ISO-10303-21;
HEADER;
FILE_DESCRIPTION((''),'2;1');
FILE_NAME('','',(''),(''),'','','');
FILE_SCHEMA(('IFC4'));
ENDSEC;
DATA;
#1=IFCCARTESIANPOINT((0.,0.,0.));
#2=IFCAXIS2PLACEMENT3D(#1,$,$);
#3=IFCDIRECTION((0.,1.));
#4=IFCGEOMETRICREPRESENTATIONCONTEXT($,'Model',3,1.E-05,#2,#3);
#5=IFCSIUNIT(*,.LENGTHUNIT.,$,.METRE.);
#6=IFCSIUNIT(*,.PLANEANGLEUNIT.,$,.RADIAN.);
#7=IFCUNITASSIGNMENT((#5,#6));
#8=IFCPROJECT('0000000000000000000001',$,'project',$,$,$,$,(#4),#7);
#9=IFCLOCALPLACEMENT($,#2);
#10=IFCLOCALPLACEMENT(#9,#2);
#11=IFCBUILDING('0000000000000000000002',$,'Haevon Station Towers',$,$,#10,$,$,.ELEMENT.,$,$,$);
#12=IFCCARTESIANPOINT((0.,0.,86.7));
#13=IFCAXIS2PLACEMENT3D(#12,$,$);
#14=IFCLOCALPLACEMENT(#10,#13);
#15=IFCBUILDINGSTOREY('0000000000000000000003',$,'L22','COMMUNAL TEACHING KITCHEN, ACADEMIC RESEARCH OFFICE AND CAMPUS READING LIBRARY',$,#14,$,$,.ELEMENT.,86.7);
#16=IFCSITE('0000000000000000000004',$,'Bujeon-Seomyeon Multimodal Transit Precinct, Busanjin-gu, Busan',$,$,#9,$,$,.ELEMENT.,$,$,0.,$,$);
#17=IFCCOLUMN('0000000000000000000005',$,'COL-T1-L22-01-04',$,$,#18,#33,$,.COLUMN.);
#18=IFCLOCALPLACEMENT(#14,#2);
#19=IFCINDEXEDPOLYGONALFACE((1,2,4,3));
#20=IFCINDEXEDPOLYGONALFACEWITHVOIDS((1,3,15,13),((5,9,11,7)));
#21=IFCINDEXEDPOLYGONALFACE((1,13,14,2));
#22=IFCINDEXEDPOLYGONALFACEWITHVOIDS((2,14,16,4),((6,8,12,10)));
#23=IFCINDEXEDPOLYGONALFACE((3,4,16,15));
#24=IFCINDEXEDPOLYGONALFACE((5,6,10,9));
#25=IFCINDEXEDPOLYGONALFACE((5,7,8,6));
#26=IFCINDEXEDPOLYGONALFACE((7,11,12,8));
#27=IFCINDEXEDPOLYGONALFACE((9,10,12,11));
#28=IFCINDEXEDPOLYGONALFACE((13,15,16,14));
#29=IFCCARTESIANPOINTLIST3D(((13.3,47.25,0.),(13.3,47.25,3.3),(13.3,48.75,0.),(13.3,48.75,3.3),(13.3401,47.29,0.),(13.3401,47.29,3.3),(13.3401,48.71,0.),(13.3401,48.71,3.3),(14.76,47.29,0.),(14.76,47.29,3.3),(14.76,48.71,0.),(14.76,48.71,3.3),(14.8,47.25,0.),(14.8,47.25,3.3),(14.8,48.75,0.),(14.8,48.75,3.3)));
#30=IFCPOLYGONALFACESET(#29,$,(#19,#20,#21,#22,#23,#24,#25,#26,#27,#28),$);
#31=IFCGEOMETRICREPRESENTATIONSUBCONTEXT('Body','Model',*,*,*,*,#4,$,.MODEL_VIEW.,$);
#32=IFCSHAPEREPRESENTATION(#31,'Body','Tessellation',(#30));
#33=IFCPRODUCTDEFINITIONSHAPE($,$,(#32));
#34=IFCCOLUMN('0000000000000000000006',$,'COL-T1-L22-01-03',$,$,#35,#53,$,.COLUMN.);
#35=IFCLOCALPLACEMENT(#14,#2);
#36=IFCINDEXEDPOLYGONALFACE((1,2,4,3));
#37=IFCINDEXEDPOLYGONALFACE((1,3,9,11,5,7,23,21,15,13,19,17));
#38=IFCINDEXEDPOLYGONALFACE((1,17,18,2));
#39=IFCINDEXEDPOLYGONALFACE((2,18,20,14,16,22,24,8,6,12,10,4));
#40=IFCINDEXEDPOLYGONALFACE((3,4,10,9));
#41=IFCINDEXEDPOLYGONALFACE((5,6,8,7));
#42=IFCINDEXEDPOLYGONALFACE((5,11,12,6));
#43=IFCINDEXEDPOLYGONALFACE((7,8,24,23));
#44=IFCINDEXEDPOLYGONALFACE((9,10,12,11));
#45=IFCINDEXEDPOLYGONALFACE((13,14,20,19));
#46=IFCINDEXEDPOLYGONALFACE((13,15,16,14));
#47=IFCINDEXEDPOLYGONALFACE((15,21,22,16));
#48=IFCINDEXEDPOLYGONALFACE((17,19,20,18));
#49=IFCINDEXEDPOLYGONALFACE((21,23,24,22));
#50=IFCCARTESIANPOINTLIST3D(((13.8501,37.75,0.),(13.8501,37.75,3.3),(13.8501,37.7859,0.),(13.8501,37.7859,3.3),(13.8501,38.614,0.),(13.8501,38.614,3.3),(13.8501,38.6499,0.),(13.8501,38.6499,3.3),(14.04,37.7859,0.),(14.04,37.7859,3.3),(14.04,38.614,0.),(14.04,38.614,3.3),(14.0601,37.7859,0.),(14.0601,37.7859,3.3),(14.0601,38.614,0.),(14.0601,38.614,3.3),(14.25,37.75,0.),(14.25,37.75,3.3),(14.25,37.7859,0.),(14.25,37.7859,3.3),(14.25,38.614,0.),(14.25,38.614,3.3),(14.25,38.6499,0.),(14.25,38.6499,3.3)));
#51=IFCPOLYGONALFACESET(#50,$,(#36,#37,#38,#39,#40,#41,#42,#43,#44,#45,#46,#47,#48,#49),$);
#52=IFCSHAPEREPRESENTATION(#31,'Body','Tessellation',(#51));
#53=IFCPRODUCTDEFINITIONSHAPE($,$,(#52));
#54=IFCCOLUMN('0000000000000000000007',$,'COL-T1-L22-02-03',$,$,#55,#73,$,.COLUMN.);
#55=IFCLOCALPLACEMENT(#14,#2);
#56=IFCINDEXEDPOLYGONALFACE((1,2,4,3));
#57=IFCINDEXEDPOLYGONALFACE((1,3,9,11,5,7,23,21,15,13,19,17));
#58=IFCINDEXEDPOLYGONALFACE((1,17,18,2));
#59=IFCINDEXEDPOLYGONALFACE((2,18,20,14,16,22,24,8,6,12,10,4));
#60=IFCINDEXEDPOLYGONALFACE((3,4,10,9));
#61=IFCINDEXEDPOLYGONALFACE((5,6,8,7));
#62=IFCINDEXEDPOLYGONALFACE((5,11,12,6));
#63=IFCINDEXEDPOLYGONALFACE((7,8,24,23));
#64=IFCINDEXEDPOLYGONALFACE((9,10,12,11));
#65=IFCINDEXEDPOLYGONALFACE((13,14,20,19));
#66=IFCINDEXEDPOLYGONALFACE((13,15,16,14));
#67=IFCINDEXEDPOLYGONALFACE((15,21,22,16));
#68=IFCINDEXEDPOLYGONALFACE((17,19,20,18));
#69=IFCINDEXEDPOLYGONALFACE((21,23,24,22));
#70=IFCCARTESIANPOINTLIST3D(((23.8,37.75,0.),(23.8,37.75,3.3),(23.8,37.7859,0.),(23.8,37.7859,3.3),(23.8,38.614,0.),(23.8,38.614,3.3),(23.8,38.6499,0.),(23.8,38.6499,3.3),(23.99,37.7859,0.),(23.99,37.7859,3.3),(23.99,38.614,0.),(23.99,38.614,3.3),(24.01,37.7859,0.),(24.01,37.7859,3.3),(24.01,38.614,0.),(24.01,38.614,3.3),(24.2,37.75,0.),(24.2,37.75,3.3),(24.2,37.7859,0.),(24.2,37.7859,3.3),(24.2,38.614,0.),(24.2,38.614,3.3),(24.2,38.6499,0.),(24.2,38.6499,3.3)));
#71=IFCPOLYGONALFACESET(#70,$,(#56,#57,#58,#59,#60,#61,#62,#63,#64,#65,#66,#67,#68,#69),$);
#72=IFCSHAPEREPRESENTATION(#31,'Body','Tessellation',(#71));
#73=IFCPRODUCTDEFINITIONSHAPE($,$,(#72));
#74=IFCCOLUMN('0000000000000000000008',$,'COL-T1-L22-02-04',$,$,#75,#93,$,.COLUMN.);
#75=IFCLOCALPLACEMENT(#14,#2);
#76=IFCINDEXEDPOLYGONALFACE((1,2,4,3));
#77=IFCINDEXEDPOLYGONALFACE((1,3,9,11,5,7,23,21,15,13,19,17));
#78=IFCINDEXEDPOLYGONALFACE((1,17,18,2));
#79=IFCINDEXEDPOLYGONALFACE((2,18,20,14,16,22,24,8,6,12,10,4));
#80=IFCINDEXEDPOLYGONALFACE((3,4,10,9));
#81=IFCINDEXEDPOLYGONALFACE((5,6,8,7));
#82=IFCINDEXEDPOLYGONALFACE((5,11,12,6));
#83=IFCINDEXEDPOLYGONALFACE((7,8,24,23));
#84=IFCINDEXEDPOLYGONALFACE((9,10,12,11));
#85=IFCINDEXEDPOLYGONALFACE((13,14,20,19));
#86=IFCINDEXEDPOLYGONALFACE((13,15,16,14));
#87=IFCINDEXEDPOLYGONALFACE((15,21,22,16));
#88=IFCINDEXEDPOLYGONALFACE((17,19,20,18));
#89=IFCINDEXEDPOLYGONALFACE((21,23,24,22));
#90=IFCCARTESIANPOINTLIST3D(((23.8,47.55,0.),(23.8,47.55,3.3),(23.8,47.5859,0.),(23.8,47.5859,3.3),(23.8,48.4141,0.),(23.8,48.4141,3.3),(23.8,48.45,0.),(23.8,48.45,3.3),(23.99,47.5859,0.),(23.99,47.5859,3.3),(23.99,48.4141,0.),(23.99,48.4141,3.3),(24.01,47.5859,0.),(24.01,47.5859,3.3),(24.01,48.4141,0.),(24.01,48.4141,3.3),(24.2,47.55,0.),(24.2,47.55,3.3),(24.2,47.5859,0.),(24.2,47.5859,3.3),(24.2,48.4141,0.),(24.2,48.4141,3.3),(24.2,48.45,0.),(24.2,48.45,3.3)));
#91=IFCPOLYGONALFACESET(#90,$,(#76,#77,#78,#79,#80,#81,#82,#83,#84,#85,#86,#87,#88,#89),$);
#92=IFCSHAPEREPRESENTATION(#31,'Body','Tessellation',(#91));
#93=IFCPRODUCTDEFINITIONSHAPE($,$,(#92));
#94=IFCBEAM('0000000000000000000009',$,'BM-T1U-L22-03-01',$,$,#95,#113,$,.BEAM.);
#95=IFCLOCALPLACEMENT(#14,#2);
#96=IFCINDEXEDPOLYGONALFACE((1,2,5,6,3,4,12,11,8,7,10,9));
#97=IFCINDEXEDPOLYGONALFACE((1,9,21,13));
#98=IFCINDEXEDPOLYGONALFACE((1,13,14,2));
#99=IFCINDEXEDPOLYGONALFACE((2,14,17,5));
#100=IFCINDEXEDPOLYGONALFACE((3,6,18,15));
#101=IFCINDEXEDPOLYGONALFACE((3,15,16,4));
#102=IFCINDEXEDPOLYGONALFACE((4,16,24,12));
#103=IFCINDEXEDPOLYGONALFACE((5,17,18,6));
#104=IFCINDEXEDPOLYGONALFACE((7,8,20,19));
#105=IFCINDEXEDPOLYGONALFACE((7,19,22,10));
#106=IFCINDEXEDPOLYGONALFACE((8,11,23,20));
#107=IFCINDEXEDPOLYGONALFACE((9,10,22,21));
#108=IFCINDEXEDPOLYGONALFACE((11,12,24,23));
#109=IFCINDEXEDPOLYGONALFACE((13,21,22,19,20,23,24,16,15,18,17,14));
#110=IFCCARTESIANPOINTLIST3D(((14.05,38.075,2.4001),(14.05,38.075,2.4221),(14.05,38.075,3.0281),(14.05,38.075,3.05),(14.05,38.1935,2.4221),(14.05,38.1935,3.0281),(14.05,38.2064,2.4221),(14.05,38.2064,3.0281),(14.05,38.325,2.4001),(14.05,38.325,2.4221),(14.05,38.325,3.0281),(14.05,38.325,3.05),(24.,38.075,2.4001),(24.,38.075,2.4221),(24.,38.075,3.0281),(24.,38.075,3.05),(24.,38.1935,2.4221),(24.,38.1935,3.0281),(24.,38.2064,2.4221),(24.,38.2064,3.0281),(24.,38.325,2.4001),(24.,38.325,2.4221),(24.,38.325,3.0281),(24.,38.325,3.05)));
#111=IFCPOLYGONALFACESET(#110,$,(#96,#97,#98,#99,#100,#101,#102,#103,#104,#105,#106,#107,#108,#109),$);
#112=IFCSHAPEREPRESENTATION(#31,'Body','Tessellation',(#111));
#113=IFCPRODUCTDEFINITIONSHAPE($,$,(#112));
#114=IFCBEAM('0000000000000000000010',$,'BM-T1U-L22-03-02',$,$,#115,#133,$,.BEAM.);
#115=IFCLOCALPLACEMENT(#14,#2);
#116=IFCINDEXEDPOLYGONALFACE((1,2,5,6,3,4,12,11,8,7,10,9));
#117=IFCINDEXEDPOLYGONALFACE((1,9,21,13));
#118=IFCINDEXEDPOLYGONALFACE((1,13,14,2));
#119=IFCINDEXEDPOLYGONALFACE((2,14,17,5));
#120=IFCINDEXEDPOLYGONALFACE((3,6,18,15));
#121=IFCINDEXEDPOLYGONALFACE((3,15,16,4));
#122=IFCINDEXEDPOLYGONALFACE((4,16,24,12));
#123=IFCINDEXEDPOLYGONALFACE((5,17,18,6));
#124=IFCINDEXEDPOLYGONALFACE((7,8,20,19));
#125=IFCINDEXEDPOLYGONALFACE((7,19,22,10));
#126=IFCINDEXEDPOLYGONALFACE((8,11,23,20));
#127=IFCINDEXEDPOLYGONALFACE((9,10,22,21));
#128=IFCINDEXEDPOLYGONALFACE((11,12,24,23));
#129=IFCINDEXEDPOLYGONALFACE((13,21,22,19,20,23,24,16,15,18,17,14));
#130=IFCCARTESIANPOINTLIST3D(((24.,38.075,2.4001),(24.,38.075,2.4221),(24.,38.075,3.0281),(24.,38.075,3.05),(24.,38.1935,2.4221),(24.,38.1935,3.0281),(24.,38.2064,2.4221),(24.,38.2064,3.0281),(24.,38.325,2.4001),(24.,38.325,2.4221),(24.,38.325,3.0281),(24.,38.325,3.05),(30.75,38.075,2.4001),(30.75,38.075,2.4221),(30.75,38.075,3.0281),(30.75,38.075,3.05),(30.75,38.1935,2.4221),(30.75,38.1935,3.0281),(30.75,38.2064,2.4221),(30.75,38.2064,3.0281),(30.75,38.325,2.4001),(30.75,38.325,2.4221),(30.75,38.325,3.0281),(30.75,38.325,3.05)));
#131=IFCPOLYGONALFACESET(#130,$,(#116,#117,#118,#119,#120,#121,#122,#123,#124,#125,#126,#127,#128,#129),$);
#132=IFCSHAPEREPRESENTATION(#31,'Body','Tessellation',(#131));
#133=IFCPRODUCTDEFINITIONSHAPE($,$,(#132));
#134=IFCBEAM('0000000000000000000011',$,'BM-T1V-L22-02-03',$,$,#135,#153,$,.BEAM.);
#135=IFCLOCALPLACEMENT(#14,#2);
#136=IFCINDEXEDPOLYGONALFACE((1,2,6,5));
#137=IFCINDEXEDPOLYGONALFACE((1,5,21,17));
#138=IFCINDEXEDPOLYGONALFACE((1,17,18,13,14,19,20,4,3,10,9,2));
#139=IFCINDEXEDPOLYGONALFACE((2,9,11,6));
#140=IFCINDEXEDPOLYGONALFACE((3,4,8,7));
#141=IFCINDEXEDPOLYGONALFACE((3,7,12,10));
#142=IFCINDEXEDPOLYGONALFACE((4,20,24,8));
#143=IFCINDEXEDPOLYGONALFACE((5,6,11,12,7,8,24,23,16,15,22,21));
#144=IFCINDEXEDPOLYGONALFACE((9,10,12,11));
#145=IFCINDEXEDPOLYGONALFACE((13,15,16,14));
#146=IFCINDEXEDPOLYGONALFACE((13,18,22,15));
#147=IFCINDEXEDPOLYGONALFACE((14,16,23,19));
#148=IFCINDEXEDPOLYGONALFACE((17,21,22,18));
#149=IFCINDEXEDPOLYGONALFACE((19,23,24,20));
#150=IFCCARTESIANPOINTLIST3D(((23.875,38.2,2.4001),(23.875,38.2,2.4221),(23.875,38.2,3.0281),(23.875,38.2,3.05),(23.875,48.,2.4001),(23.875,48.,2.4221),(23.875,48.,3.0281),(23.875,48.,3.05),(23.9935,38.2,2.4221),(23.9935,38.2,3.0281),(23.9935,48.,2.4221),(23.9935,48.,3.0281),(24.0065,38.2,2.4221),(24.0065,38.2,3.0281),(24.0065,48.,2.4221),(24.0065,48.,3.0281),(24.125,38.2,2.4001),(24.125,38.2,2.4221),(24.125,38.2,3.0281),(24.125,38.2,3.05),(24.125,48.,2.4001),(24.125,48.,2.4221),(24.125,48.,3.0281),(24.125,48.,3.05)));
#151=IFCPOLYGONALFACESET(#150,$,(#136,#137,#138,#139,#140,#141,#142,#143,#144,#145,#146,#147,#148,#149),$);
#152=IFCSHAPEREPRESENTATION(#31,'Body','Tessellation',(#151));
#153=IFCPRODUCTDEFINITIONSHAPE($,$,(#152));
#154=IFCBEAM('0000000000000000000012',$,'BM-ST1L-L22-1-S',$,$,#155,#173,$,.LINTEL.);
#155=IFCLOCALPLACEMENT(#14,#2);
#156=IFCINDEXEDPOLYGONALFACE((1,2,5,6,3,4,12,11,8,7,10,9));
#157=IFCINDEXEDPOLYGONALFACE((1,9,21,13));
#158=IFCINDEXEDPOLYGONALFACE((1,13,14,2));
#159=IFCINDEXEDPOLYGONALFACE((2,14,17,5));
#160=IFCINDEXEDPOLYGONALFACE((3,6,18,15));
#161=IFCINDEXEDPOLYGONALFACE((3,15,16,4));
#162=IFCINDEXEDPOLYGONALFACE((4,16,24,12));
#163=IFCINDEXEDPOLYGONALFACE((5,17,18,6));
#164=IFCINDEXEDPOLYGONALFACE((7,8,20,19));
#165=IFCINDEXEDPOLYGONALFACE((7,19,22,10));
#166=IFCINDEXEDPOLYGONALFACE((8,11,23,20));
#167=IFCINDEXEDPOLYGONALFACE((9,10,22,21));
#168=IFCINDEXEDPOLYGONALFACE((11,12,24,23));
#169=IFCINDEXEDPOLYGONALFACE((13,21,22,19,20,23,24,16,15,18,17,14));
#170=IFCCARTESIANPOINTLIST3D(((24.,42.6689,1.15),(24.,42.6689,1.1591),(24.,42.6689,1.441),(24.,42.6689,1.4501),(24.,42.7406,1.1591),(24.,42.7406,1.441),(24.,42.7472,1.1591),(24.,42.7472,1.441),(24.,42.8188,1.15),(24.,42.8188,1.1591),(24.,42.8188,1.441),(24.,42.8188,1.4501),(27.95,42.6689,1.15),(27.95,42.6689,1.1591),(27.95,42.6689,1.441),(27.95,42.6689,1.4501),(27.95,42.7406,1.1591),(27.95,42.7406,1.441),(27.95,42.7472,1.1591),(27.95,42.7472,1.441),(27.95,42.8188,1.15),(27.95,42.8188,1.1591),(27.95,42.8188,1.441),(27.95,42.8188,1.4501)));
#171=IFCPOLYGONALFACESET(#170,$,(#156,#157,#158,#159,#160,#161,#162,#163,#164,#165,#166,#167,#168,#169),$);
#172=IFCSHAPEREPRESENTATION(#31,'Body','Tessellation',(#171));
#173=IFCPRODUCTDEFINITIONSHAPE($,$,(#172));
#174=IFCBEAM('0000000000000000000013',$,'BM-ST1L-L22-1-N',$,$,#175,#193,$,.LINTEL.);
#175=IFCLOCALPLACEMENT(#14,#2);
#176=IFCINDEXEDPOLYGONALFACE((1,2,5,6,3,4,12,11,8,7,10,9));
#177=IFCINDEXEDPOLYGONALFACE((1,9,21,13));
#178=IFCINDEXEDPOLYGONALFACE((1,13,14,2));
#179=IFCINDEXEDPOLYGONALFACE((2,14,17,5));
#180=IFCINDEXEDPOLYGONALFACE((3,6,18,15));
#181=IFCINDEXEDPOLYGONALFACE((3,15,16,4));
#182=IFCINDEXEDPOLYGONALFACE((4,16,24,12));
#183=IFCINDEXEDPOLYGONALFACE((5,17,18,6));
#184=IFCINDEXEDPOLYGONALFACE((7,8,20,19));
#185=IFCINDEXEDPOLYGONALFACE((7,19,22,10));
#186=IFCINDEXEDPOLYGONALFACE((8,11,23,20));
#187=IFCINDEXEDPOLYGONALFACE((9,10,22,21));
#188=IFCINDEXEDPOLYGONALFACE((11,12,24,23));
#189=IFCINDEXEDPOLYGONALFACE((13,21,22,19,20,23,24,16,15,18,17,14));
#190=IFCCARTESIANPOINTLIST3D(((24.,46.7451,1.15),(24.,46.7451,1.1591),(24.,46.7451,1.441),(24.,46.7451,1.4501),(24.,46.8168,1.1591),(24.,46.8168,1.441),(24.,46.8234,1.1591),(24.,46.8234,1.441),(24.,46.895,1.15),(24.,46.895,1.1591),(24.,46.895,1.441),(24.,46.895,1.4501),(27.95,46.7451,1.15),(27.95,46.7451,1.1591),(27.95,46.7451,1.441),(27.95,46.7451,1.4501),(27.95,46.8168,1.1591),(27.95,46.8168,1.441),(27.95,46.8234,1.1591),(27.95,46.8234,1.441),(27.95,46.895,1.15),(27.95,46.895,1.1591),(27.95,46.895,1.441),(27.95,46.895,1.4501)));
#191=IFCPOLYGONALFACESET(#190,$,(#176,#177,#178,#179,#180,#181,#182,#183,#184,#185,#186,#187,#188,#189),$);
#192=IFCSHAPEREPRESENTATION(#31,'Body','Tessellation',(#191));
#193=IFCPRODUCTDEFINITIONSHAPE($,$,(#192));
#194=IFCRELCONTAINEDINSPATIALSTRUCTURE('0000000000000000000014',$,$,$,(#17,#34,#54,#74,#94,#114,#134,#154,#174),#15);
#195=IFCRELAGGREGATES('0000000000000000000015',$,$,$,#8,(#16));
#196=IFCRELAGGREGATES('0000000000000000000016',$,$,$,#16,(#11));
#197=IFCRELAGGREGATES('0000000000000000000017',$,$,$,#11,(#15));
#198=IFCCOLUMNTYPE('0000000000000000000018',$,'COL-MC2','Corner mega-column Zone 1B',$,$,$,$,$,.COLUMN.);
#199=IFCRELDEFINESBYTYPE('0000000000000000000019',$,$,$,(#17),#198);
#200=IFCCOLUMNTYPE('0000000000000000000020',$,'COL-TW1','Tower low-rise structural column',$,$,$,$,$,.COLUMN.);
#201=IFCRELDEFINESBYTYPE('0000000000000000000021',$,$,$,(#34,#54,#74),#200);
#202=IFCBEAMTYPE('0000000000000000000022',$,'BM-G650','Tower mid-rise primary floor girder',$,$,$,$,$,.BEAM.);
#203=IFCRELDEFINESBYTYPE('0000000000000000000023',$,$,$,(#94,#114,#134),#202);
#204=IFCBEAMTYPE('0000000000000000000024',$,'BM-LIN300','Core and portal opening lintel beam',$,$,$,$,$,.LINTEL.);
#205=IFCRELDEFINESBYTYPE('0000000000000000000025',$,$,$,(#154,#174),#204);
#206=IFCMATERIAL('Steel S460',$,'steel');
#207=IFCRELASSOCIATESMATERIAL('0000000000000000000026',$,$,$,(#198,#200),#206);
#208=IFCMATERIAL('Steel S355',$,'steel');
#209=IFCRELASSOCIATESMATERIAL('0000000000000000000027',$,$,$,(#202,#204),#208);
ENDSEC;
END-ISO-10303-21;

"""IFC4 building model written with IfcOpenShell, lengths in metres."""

from ifc_helpers import new_model, si_unit, direction, frame, origin, origin_2d, place, context, subcontext, project, spatial, hollow_rectangle, i_section, extrude, material, material_profile, profile_set, type_object, element, save


model = new_model("IFC4")

# Units and contexts
model_context = context("Model", 3, precision=1e-05, world=origin(), true_north=direction((0.0, 1.0)))
body_context = subcontext(model_context, "Body", "Model", "MODEL_VIEW")
ifc_project = project(units=[si_unit("LENGTHUNIT", "METRE"), si_unit("PLANEANGLEUNIT", "RADIAN")], contexts=[model_context])

# Site, building, storey
site_placement = place(None, origin())
site = spatial("IfcSite", under=ifc_project, at=site_placement, Name="Bujeon-Seomyeon Multimodal Transit Precinct, Busanjin-gu, Busan", CompositionType="ELEMENT", RefElevation=0.0)
building_placement = place(site_placement, origin())
building = spatial("IfcBuilding", under=site, at=building_placement, Name="Haevon Station Towers", CompositionType="ELEMENT")
storey_placement = place(building_placement, frame((0.0, 0.0, 86.7)))
storey = spatial("IfcBuildingStorey", under=building, at=storey_placement, Name="L22", Description="COMMUNAL TEACHING KITCHEN, ACADEMIC RESEARCH OFFICE AND CAMPUS READING LIBRARY", CompositionType="ELEMENT", Elevation=86.7)

# Columns
ifc_material_1 = material(Name="Steel S460", Category="steel")
ifc_material_profile_1 = material_profile(ifc_material_1, hollow_rectangle(XDim=1.5, YDim=1.5, WallThickness=0.04, at=origin_2d()), Name="BOX-1500x1500x40")
ifc_profile_set_1 = profile_set([ifc_material_profile_1], Name="Steel S460")
column_type_1 = type_object("IfcColumnType", Name="COL-MC2", Description="Corner mega-column Zone 1B", PredefinedType="COLUMN", material=ifc_profile_set_1)
column_placement = place(storey_placement, frame((14.05, 48.0, 0.0), z_axis=(0.0, 0.0, 1.0), x_axis=(1.0, 0.0, 0.0)))
element("IfcColumn", 1, at=column_placement, inside=storey, type_object=column_type_1, Name="COL-T1-L22-01-04", PredefinedType="COLUMN", context=body_context, shape_type="SweptSolid", body=[
    extrude(hollow_rectangle(XDim=1.5, YDim=1.5, WallThickness=0.04, at=origin_2d()), origin(), (0.0, 0.0, 1.0), 3.3),
])
ifc_material_profile_2 = material_profile(ifc_material_1, i_section(OverallWidth=0.3999, OverallDepth=0.8999, WebThickness=0.02, FlangeThickness=0.0359, at=origin_2d()), Name="H-900x400x20x36")
ifc_profile_set_2 = profile_set([ifc_material_profile_2], Name="Steel S460")
column_type_2 = type_object("IfcColumnType", Name="COL-TW1", Description="Tower low-rise structural column", PredefinedType="COLUMN", material=ifc_profile_set_2)
for number, where, z_axis, x_axis, name in (
    (2, (14.05, 38.2, 0.0), (0.0, 0.0, 1.0), (1.0, 0.0, 0.0), "COL-T1-L22-01-03"),
    (3, (24.0, 38.2, 0.0), (0.0, 0.0, 1.0), (1.0, 0.0, 0.0), "COL-T1-L22-02-03"),
    (4, (24.0, 48.0, 0.0), (0.0, 0.0, 1.0), (1.0, 0.0, 0.0), "COL-T1-L22-02-04"),
):
    element("IfcColumn", number, at=place(storey_placement, frame(where, z_axis=z_axis, x_axis=x_axis)), inside=storey, type_object=column_type_2, Name=name, PredefinedType="COLUMN", context=body_context, shape_type="SweptSolid", body=[
        extrude(i_section(OverallWidth=0.3999, OverallDepth=0.8999, WebThickness=0.02, FlangeThickness=0.0359, at=origin_2d()), origin(), (0.0, 0.0, 1.0), 3.3),
    ])

# Beams
ifc_material_2 = material(Name="Steel S355", Category="steel")
ifc_material_profile_3 = material_profile(ifc_material_2, i_section(OverallWidth=0.25, OverallDepth=0.6499, WebThickness=0.0129, FlangeThickness=0.022, at=origin_2d()), Name="H-650x250x13x22")
ifc_profile_set_3 = profile_set([ifc_material_profile_3], Name="Steel S355")
beam_type_1 = type_object("IfcBeamType", Name="BM-G650", Description="Tower mid-rise primary floor girder", PredefinedType="BEAM", material=ifc_profile_set_3)
beam_1_placement = place(storey_placement, frame((14.05, 38.2, 2.7251), z_axis=(1.0, 0.0, 0.0), x_axis=(0.0, 1.0, 0.0)))
element("IfcBeam", 5, at=beam_1_placement, inside=storey, type_object=beam_type_1, Name="BM-T1U-L22-03-01", PredefinedType="BEAM", context=body_context, shape_type="SweptSolid", body=[
    extrude(i_section(OverallWidth=0.25, OverallDepth=0.6499, WebThickness=0.0129, FlangeThickness=0.022, at=origin_2d()), origin(), (0.0, 0.0, 1.0), 9.95),
])
beam_2_placement = place(storey_placement, frame((24.0, 38.2, 2.7251), z_axis=(1.0, 0.0, 0.0), x_axis=(0.0, 1.0, 0.0)))
element("IfcBeam", 6, at=beam_2_placement, inside=storey, type_object=beam_type_1, Name="BM-T1U-L22-03-02", PredefinedType="BEAM", context=body_context, shape_type="SweptSolid", body=[
    extrude(i_section(OverallWidth=0.25, OverallDepth=0.6499, WebThickness=0.0129, FlangeThickness=0.022, at=origin_2d()), origin(), (0.0, 0.0, 1.0), 6.75),
])
beam_3_placement = place(storey_placement, frame((24.0, 38.2, 2.7251), z_axis=(0.0, 1.0, 0.0), x_axis=(-1.0, 0.0, 0.0)))
element("IfcBeam", 7, at=beam_3_placement, inside=storey, type_object=beam_type_1, Name="BM-T1V-L22-02-03", PredefinedType="BEAM", context=body_context, shape_type="SweptSolid", body=[
    extrude(i_section(OverallWidth=0.25, OverallDepth=0.6499, WebThickness=0.0129, FlangeThickness=0.022, at=origin_2d()), origin(), (0.0, 0.0, 1.0), 9.8),
])
ifc_material_profile_4 = material_profile(ifc_material_2, i_section(OverallWidth=0.1499, OverallDepth=0.3, WebThickness=0.0066, FlangeThickness=0.009, at=origin_2d()), Name="H-300x150x6.5x9")
ifc_profile_set_4 = profile_set([ifc_material_profile_4], Name="Steel S355")
beam_type_2 = type_object("IfcBeamType", Name="BM-LIN300", Description="Core and portal opening lintel beam", PredefinedType="LINTEL", material=ifc_profile_set_4)
for number, where, z_axis, x_axis, name in (
    (8, (24.0, 42.7439, 1.3), (1.0, 0.0, 0.0), (0.0, 1.0, 0.0), "BM-ST1L-L22-1-S"),
    (9, (24.0, 46.8201, 1.3), (1.0, 0.0, 0.0), (0.0, 1.0, 0.0), "BM-ST1L-L22-1-N"),
):
    element("IfcBeam", number, at=place(storey_placement, frame(where, z_axis=z_axis, x_axis=x_axis)), inside=storey, type_object=beam_type_2, Name=name, PredefinedType="LINTEL", context=body_context, shape_type="SweptSolid", body=[
        extrude(i_section(OverallWidth=0.1499, OverallDepth=0.3, WebThickness=0.0066, FlangeThickness=0.009, at=origin_2d()), origin(), (0.0, 0.0, 1.0), 3.95),
    ])

save(model, "model.ifc")
